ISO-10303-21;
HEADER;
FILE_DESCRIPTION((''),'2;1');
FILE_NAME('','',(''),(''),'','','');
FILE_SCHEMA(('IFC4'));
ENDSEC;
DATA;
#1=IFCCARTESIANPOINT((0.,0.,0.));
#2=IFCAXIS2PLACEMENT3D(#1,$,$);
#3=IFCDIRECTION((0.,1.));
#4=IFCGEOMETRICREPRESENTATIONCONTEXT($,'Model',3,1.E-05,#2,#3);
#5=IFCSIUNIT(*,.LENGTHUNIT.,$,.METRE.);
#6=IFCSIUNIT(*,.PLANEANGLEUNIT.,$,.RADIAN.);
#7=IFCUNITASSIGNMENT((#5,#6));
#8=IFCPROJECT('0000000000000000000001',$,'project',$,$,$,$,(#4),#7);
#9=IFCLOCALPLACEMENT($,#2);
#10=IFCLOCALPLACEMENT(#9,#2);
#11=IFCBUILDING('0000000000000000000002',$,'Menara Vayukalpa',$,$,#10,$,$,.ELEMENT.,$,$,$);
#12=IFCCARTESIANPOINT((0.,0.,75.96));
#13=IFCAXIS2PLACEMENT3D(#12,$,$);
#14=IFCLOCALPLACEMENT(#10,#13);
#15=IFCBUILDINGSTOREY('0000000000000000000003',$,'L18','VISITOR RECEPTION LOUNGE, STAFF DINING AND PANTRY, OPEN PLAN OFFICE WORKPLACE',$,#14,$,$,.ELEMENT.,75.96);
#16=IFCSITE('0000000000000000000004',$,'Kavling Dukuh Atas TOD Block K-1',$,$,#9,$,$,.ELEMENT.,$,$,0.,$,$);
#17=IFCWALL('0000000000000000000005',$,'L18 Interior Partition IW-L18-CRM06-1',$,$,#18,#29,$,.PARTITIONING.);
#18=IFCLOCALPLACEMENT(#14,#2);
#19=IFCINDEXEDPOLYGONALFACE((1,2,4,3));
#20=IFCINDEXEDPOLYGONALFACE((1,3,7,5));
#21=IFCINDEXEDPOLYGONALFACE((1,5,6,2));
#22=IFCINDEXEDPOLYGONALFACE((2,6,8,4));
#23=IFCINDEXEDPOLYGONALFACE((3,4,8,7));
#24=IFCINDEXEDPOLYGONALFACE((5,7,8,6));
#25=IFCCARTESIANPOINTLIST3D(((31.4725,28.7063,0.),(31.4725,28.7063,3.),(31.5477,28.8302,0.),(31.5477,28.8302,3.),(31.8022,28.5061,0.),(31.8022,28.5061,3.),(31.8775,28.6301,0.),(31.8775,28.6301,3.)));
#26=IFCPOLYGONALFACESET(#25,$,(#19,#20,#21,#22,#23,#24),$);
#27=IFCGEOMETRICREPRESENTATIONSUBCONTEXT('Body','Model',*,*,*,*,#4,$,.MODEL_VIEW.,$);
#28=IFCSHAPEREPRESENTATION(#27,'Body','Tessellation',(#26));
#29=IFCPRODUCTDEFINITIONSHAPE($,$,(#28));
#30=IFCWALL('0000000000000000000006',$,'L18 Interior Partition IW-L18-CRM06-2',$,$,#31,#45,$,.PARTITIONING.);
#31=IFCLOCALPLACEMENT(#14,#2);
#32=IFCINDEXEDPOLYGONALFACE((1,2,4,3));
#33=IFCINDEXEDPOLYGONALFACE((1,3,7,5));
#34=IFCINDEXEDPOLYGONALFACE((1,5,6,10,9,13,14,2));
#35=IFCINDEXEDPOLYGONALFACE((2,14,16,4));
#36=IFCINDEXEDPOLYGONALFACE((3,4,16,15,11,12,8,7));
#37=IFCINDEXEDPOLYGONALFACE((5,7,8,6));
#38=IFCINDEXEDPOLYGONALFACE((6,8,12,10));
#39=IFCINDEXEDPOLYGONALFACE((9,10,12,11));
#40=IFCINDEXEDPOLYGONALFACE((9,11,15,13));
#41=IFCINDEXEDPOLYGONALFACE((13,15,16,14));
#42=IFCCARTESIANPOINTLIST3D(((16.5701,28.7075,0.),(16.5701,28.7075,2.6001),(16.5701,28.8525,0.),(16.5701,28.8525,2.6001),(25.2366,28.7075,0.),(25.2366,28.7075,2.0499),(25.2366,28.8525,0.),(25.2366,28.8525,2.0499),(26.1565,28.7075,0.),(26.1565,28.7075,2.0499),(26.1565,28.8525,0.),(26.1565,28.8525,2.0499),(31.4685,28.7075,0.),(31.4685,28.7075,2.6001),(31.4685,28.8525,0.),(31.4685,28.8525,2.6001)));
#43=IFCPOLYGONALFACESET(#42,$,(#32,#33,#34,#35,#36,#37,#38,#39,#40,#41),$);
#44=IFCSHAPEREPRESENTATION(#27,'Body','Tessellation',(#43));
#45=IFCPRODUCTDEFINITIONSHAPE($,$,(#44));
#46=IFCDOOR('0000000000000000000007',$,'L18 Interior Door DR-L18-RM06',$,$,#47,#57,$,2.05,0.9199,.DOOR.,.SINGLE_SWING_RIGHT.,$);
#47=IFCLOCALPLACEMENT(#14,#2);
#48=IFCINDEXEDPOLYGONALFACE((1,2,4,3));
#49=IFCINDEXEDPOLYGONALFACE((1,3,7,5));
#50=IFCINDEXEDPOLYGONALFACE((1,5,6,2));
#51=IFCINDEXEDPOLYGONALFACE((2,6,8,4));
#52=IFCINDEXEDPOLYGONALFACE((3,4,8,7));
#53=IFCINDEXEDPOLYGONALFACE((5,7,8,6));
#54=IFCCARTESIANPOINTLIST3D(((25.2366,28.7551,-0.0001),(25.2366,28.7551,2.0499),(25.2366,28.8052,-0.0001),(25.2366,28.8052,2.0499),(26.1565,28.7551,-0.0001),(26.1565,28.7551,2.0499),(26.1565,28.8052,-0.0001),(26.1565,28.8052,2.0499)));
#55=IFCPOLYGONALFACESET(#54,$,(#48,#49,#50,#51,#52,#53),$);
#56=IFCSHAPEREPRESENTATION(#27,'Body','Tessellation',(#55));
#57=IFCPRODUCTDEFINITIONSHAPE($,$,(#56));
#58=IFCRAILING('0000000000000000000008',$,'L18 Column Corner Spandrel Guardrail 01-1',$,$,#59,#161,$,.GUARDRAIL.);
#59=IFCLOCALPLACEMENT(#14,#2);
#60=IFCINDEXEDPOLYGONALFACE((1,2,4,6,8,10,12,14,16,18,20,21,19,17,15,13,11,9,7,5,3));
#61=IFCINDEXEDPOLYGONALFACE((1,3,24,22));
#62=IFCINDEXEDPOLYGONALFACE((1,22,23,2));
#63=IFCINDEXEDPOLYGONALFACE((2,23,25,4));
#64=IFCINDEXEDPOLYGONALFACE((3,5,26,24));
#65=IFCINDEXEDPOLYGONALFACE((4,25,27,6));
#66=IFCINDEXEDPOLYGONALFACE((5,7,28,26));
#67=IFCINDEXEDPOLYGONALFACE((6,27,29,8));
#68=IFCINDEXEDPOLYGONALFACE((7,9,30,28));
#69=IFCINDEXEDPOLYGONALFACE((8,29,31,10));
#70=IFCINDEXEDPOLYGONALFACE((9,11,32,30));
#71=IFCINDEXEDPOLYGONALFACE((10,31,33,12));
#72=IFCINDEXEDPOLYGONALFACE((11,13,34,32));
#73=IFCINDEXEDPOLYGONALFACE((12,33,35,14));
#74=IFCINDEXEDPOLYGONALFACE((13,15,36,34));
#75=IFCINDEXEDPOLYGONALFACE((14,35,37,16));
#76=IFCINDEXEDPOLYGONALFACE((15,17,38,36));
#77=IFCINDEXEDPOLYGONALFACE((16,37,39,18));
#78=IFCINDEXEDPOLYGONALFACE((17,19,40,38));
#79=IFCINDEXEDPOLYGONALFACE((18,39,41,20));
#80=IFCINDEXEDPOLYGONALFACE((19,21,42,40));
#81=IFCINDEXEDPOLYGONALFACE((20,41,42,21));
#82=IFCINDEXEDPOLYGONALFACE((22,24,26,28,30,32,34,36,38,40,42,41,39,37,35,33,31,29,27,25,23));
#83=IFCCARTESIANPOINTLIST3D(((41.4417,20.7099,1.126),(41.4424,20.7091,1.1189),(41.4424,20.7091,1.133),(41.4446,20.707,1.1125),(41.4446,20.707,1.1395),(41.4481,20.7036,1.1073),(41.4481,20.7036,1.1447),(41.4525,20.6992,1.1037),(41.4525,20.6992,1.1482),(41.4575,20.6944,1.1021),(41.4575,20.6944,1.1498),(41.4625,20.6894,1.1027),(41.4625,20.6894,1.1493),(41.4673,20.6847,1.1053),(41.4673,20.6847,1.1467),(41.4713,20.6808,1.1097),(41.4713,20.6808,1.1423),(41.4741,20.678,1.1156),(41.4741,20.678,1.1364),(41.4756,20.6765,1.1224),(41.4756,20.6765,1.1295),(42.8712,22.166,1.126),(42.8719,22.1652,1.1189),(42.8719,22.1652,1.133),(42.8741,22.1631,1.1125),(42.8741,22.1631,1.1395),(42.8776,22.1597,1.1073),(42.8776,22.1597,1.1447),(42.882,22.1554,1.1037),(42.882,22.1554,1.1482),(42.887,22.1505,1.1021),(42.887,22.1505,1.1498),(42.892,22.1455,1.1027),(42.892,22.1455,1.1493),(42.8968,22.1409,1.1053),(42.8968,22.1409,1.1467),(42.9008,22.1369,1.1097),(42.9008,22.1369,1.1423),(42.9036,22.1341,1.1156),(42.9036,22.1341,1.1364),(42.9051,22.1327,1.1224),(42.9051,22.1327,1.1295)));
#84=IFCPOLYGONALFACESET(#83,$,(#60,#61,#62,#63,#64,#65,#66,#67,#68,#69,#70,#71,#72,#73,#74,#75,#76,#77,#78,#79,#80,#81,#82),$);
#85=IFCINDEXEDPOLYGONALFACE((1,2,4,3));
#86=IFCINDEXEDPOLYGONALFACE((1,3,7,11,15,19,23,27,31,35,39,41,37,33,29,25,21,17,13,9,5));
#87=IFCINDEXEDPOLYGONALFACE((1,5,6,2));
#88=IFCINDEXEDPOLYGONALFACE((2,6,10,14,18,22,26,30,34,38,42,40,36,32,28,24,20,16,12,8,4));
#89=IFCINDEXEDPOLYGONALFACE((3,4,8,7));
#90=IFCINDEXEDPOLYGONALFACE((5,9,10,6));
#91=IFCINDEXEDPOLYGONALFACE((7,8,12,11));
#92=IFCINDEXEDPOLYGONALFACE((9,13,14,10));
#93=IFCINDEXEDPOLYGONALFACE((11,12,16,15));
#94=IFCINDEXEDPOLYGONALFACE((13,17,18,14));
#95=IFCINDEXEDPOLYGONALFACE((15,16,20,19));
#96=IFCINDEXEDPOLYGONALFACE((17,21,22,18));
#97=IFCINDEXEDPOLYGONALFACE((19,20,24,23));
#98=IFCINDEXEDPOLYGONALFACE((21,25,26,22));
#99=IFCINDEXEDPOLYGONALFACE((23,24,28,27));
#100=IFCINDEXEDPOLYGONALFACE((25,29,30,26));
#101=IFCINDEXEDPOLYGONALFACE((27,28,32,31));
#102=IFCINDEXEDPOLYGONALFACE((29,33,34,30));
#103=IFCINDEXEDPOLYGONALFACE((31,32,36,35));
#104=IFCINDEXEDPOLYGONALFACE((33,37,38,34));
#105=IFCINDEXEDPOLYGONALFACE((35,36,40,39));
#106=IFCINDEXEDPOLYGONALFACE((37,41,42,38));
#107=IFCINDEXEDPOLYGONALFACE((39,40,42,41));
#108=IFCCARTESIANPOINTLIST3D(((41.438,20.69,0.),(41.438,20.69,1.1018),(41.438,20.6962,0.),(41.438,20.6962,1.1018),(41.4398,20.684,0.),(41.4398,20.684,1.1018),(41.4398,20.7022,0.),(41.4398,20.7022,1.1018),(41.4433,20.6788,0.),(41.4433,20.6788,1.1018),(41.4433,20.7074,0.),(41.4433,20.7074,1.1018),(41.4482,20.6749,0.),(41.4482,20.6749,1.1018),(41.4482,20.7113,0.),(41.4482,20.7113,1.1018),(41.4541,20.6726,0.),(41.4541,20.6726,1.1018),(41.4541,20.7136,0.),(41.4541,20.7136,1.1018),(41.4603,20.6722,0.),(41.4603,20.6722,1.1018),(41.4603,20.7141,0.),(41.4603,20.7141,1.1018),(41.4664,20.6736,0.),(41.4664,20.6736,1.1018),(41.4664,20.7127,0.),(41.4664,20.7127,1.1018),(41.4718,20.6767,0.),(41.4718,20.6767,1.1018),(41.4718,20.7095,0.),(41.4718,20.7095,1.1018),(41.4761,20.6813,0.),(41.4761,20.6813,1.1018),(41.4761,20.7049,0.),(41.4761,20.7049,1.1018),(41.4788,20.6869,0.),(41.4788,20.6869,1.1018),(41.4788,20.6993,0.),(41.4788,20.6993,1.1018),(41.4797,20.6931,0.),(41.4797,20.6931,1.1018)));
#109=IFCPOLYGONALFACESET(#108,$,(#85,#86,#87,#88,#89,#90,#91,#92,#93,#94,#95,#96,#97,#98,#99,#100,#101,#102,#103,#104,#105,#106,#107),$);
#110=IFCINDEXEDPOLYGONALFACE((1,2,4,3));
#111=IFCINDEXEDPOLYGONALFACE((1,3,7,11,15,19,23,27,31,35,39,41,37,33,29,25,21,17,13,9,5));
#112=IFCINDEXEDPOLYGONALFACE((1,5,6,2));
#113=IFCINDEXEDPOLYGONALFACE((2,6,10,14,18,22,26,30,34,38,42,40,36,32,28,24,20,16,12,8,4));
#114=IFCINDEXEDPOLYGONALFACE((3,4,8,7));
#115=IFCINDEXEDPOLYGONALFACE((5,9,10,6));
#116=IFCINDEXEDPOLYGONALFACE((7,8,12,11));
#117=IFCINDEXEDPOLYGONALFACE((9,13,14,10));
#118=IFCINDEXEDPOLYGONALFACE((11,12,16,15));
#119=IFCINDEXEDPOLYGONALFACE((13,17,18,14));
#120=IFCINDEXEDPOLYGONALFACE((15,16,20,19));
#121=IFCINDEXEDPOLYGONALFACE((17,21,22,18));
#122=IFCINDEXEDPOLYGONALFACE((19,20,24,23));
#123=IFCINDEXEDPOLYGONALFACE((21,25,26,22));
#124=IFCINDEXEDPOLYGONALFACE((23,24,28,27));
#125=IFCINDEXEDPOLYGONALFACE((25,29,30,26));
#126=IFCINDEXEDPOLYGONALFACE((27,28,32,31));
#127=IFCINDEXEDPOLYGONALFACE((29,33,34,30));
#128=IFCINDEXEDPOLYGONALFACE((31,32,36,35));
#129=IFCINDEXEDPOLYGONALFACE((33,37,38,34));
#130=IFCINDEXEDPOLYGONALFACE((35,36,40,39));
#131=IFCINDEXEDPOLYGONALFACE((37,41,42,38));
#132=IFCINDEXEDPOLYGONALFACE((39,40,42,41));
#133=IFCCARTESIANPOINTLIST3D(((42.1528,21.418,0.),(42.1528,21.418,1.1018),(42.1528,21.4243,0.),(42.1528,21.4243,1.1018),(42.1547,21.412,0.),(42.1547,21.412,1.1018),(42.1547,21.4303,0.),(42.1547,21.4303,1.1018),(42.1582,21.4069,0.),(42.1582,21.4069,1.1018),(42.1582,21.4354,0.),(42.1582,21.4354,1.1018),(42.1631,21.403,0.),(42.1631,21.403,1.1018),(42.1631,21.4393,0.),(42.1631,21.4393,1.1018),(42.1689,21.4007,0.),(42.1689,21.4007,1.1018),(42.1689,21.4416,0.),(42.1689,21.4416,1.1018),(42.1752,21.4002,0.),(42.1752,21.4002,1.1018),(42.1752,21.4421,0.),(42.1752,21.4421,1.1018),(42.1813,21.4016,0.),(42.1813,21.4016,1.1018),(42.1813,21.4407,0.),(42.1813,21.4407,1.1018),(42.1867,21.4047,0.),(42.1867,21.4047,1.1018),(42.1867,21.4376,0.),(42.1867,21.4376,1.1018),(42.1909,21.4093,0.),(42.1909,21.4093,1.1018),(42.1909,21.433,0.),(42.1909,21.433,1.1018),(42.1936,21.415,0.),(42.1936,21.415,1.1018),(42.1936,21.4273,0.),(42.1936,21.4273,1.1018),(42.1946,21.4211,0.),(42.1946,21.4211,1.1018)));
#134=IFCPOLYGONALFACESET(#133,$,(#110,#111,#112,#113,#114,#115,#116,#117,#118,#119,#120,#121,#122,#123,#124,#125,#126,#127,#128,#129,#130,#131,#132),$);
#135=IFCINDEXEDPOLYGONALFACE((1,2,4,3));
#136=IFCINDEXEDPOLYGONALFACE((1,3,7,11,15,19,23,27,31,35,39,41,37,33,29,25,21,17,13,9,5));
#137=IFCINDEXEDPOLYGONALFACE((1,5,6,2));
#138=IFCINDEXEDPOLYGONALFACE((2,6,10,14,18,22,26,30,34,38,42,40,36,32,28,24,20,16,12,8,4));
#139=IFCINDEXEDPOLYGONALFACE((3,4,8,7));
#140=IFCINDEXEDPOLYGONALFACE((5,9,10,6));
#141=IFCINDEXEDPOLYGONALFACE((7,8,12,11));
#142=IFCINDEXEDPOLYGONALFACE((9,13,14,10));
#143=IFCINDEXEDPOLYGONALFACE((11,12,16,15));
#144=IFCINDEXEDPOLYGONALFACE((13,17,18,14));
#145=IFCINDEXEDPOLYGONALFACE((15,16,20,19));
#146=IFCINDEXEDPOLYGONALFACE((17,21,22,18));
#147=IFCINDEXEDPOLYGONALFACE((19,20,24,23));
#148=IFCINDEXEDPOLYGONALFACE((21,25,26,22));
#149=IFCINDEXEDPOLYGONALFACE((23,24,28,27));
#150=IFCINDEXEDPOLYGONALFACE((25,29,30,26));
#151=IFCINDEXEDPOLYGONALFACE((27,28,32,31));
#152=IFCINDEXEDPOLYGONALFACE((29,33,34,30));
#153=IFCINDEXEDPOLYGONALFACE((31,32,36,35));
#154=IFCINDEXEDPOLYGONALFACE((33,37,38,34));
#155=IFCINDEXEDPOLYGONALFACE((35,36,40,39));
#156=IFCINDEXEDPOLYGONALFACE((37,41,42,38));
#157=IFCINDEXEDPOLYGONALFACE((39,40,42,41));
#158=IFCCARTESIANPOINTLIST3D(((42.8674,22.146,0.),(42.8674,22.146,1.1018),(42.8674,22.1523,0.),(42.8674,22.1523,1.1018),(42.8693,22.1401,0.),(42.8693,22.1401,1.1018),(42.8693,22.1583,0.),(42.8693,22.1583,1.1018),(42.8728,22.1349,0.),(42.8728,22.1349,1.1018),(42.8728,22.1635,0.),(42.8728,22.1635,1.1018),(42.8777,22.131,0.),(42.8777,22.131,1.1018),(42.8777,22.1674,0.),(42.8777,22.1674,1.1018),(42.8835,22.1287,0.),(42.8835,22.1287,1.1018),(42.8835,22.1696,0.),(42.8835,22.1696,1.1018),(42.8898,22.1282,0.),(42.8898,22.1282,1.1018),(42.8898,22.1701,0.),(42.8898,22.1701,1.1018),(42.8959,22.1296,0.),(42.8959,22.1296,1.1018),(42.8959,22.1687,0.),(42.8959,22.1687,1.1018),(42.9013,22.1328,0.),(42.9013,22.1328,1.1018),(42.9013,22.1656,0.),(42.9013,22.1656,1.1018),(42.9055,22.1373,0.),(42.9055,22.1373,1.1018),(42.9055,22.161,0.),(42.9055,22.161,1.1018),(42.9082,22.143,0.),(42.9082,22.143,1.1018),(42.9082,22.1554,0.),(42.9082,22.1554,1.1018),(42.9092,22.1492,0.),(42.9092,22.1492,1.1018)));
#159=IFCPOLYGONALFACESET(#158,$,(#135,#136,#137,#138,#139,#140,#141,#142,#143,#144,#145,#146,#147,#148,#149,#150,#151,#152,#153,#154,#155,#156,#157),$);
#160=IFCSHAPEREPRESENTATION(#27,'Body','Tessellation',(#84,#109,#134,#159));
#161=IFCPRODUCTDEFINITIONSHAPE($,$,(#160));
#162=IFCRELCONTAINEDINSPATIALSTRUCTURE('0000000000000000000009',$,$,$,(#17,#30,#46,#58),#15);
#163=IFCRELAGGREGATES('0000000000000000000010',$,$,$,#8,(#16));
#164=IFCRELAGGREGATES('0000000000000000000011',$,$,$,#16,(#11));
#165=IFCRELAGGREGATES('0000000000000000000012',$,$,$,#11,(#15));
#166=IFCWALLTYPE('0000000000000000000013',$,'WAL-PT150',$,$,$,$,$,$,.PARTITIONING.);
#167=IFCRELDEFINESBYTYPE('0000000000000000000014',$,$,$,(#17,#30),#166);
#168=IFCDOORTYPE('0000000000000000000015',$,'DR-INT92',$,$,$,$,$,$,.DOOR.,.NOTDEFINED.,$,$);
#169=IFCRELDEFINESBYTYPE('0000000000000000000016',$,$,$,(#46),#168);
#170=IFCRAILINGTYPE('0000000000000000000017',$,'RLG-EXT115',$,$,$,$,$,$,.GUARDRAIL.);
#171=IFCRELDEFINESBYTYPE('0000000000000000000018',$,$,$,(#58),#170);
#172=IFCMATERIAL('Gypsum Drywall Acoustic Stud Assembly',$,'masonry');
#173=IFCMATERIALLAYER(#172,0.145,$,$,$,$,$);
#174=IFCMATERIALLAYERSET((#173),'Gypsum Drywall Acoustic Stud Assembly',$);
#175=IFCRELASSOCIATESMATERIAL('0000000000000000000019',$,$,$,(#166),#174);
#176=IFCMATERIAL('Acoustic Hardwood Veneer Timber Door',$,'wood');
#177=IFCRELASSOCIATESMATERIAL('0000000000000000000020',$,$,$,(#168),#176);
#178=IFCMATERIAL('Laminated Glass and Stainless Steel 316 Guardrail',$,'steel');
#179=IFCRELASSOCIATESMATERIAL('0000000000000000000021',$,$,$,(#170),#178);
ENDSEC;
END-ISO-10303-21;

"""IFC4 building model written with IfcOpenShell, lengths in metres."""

from ifc_helpers import new_model, si_unit, direction, frame, frame_2d, origin, origin_2d, place, context, subcontext, project, spatial, rectangle, circle, extrude, material, layer, layer_set, type_object, element, fill, save


model = new_model("IFC4")

# Units and contexts
model_context = context("Model", 3, precision=1e-05, world=origin(), true_north=direction((0.0, 1.0)))
body_context = subcontext(model_context, "Body", "Model", "MODEL_VIEW")
ifc_project = project(units=[si_unit("LENGTHUNIT", "METRE"), si_unit("PLANEANGLEUNIT", "RADIAN")], contexts=[model_context])

# Site, building, storey
site_placement = place(None, origin())
site = spatial("IfcSite", under=ifc_project, at=site_placement, Name="Kavling Dukuh Atas TOD Block K-1", CompositionType="ELEMENT", RefElevation=0.0)
building_placement = place(site_placement, origin())
building = spatial("IfcBuilding", under=site, at=building_placement, Name="Menara Vayukalpa", CompositionType="ELEMENT")
storey_placement = place(building_placement, frame((0.0, 0.0, 75.96)))
storey = spatial("IfcBuildingStorey", under=building, at=storey_placement, Name="L18", Description="VISITOR RECEPTION LOUNGE, STAFF DINING AND PANTRY, OPEN PLAN OFFICE WORKPLACE", CompositionType="ELEMENT", Elevation=75.96)

# Wall
ifc_material_1 = material(Name="Gypsum Drywall Acoustic Stud Assembly", Category="masonry")
ifc_layer_1 = layer(ifc_material_1, 0.145)
ifc_layer_set_1 = layer_set([ifc_layer_1], Name="Gypsum Drywall Acoustic Stud Assembly")
wall_type_1 = type_object("IfcWallType", Name="WAL-PT150", PredefinedType="PARTITIONING", material=ifc_layer_set_1)
wall_1_placement = place(storey_placement, frame((31.8398, 28.5681, 0.0), z_axis=(0.0, 0.0, 1.0), x_axis=(-0.854858, 0.518863, 0.0)))
element("IfcWall", 1, at=wall_1_placement, inside=storey, type_object=wall_type_1, Name="L18 Interior Partition IW-L18-CRM06-1", PredefinedType="PARTITIONING", context=body_context, shape_type="SweptSolid", body=[
    extrude(rectangle(XDim=0.3857, YDim=0.145, at=frame_2d((0.1929, 0.0))), origin(), (0.0, 0.0, 1.0), 3.0),
])

# Wall, opening, door
wall_2_placement = place(storey_placement, frame((31.4685, 28.78, 0.0), z_axis=(0.0, 0.0, 1.0), x_axis=(-1.0, 0.0, 0.0)))
wall_2 = element("IfcWall", 2, at=wall_2_placement, inside=storey, type_object=wall_type_1, Name="L18 Interior Partition IW-L18-CRM06-2", PredefinedType="PARTITIONING", context=body_context, shape_type="SweptSolid", body=[
    extrude(rectangle(XDim=14.8984, YDim=0.145, at=frame_2d((7.4492, 0.0))), origin(), (0.0, 0.0, 1.0), 2.6001),
])
opening_placement = place(wall_2_placement, frame((5.312, 0.0, 0.0)))
opening = element("IfcOpeningElement", 3, at=opening_placement, cuts=wall_2, PredefinedType="OPENING", context=body_context, shape_type="SweptSolid", body=[
    extrude(rectangle(XDim=0.9199, YDim=2.05, at=frame_2d((0.46, 1.0249))), frame((0.0, 0.0825, 0.0), z_axis=(0.0, -1.0, 0.0), x_axis=(1.0, 0.0, 0.0)), (0.0, 0.0, 1.0), 0.165),
])
ifc_material_2 = material(Name="Acoustic Hardwood Veneer Timber Door", Category="wood")
door_type = type_object("IfcDoorType", Name="DR-INT92", OperationType="NOTDEFINED", PredefinedType="DOOR", material=ifc_material_2)
door_placement = place(opening_placement, origin())
door = element("IfcDoor", 4, at=door_placement, inside=storey, type_object=door_type, Name="L18 Interior Door DR-L18-RM06", OperationType="SINGLE_SWING_RIGHT", OverallHeight=2.05, OverallWidth=0.9199, PredefinedType="DOOR", context=body_context, shape_type="SweptSolid", body=[
    extrude(rectangle(XDim=0.9199, YDim=2.05, at=frame_2d((0.46, 1.0249))), frame((0.0, 0.0249, 0.0), z_axis=(0.0, -1.0, 0.0), x_axis=(1.0, 0.0, 0.0)), (0.0, 0.0, 1.0), 0.05),
])
fill(opening, door)

# Railing
ifc_material_3 = material(Name="Laminated Glass and Stainless Steel 316 Guardrail", Category="steel")
railing_type_1 = type_object("IfcRailingType", Name="RLG-EXT115", PredefinedType="GUARDRAIL", material=ifc_material_3)
railing_1_placement = place(storey_placement, frame((41.4587, 20.6931, 0.0)))
element("IfcRailing", 5, at=railing_1_placement, inside=storey, type_object=railing_type_1, Name="L18 Column Corner Spandrel Guardrail 01-1", PredefinedType="GUARDRAIL", context=body_context, shape_type="SweptSolid", body=[
    extrude(circle(Radius=0.0239, at=origin_2d()), frame((0.0, 0.0, 1.126), z_axis=(0.700556, 0.713598, 0.0), x_axis=(-0.713598, 0.700556, 0.0)), (0.0, 0.0, 1.0), 2.0405),
    extrude(circle(Radius=0.021, at=origin_2d()), origin(), (0.0, 0.0, 1.0), 1.1018),
    extrude(circle(Radius=0.021, at=origin_2d()), frame((0.7148, 0.728, 0.0)), (0.0, 0.0, 1.0), 1.1018),
    extrude(circle(Radius=0.021, at=origin_2d()), frame((1.4294, 1.4561, 0.0)), (0.0, 0.0, 1.0), 1.1018),
])

save(model, "model.ifc")
